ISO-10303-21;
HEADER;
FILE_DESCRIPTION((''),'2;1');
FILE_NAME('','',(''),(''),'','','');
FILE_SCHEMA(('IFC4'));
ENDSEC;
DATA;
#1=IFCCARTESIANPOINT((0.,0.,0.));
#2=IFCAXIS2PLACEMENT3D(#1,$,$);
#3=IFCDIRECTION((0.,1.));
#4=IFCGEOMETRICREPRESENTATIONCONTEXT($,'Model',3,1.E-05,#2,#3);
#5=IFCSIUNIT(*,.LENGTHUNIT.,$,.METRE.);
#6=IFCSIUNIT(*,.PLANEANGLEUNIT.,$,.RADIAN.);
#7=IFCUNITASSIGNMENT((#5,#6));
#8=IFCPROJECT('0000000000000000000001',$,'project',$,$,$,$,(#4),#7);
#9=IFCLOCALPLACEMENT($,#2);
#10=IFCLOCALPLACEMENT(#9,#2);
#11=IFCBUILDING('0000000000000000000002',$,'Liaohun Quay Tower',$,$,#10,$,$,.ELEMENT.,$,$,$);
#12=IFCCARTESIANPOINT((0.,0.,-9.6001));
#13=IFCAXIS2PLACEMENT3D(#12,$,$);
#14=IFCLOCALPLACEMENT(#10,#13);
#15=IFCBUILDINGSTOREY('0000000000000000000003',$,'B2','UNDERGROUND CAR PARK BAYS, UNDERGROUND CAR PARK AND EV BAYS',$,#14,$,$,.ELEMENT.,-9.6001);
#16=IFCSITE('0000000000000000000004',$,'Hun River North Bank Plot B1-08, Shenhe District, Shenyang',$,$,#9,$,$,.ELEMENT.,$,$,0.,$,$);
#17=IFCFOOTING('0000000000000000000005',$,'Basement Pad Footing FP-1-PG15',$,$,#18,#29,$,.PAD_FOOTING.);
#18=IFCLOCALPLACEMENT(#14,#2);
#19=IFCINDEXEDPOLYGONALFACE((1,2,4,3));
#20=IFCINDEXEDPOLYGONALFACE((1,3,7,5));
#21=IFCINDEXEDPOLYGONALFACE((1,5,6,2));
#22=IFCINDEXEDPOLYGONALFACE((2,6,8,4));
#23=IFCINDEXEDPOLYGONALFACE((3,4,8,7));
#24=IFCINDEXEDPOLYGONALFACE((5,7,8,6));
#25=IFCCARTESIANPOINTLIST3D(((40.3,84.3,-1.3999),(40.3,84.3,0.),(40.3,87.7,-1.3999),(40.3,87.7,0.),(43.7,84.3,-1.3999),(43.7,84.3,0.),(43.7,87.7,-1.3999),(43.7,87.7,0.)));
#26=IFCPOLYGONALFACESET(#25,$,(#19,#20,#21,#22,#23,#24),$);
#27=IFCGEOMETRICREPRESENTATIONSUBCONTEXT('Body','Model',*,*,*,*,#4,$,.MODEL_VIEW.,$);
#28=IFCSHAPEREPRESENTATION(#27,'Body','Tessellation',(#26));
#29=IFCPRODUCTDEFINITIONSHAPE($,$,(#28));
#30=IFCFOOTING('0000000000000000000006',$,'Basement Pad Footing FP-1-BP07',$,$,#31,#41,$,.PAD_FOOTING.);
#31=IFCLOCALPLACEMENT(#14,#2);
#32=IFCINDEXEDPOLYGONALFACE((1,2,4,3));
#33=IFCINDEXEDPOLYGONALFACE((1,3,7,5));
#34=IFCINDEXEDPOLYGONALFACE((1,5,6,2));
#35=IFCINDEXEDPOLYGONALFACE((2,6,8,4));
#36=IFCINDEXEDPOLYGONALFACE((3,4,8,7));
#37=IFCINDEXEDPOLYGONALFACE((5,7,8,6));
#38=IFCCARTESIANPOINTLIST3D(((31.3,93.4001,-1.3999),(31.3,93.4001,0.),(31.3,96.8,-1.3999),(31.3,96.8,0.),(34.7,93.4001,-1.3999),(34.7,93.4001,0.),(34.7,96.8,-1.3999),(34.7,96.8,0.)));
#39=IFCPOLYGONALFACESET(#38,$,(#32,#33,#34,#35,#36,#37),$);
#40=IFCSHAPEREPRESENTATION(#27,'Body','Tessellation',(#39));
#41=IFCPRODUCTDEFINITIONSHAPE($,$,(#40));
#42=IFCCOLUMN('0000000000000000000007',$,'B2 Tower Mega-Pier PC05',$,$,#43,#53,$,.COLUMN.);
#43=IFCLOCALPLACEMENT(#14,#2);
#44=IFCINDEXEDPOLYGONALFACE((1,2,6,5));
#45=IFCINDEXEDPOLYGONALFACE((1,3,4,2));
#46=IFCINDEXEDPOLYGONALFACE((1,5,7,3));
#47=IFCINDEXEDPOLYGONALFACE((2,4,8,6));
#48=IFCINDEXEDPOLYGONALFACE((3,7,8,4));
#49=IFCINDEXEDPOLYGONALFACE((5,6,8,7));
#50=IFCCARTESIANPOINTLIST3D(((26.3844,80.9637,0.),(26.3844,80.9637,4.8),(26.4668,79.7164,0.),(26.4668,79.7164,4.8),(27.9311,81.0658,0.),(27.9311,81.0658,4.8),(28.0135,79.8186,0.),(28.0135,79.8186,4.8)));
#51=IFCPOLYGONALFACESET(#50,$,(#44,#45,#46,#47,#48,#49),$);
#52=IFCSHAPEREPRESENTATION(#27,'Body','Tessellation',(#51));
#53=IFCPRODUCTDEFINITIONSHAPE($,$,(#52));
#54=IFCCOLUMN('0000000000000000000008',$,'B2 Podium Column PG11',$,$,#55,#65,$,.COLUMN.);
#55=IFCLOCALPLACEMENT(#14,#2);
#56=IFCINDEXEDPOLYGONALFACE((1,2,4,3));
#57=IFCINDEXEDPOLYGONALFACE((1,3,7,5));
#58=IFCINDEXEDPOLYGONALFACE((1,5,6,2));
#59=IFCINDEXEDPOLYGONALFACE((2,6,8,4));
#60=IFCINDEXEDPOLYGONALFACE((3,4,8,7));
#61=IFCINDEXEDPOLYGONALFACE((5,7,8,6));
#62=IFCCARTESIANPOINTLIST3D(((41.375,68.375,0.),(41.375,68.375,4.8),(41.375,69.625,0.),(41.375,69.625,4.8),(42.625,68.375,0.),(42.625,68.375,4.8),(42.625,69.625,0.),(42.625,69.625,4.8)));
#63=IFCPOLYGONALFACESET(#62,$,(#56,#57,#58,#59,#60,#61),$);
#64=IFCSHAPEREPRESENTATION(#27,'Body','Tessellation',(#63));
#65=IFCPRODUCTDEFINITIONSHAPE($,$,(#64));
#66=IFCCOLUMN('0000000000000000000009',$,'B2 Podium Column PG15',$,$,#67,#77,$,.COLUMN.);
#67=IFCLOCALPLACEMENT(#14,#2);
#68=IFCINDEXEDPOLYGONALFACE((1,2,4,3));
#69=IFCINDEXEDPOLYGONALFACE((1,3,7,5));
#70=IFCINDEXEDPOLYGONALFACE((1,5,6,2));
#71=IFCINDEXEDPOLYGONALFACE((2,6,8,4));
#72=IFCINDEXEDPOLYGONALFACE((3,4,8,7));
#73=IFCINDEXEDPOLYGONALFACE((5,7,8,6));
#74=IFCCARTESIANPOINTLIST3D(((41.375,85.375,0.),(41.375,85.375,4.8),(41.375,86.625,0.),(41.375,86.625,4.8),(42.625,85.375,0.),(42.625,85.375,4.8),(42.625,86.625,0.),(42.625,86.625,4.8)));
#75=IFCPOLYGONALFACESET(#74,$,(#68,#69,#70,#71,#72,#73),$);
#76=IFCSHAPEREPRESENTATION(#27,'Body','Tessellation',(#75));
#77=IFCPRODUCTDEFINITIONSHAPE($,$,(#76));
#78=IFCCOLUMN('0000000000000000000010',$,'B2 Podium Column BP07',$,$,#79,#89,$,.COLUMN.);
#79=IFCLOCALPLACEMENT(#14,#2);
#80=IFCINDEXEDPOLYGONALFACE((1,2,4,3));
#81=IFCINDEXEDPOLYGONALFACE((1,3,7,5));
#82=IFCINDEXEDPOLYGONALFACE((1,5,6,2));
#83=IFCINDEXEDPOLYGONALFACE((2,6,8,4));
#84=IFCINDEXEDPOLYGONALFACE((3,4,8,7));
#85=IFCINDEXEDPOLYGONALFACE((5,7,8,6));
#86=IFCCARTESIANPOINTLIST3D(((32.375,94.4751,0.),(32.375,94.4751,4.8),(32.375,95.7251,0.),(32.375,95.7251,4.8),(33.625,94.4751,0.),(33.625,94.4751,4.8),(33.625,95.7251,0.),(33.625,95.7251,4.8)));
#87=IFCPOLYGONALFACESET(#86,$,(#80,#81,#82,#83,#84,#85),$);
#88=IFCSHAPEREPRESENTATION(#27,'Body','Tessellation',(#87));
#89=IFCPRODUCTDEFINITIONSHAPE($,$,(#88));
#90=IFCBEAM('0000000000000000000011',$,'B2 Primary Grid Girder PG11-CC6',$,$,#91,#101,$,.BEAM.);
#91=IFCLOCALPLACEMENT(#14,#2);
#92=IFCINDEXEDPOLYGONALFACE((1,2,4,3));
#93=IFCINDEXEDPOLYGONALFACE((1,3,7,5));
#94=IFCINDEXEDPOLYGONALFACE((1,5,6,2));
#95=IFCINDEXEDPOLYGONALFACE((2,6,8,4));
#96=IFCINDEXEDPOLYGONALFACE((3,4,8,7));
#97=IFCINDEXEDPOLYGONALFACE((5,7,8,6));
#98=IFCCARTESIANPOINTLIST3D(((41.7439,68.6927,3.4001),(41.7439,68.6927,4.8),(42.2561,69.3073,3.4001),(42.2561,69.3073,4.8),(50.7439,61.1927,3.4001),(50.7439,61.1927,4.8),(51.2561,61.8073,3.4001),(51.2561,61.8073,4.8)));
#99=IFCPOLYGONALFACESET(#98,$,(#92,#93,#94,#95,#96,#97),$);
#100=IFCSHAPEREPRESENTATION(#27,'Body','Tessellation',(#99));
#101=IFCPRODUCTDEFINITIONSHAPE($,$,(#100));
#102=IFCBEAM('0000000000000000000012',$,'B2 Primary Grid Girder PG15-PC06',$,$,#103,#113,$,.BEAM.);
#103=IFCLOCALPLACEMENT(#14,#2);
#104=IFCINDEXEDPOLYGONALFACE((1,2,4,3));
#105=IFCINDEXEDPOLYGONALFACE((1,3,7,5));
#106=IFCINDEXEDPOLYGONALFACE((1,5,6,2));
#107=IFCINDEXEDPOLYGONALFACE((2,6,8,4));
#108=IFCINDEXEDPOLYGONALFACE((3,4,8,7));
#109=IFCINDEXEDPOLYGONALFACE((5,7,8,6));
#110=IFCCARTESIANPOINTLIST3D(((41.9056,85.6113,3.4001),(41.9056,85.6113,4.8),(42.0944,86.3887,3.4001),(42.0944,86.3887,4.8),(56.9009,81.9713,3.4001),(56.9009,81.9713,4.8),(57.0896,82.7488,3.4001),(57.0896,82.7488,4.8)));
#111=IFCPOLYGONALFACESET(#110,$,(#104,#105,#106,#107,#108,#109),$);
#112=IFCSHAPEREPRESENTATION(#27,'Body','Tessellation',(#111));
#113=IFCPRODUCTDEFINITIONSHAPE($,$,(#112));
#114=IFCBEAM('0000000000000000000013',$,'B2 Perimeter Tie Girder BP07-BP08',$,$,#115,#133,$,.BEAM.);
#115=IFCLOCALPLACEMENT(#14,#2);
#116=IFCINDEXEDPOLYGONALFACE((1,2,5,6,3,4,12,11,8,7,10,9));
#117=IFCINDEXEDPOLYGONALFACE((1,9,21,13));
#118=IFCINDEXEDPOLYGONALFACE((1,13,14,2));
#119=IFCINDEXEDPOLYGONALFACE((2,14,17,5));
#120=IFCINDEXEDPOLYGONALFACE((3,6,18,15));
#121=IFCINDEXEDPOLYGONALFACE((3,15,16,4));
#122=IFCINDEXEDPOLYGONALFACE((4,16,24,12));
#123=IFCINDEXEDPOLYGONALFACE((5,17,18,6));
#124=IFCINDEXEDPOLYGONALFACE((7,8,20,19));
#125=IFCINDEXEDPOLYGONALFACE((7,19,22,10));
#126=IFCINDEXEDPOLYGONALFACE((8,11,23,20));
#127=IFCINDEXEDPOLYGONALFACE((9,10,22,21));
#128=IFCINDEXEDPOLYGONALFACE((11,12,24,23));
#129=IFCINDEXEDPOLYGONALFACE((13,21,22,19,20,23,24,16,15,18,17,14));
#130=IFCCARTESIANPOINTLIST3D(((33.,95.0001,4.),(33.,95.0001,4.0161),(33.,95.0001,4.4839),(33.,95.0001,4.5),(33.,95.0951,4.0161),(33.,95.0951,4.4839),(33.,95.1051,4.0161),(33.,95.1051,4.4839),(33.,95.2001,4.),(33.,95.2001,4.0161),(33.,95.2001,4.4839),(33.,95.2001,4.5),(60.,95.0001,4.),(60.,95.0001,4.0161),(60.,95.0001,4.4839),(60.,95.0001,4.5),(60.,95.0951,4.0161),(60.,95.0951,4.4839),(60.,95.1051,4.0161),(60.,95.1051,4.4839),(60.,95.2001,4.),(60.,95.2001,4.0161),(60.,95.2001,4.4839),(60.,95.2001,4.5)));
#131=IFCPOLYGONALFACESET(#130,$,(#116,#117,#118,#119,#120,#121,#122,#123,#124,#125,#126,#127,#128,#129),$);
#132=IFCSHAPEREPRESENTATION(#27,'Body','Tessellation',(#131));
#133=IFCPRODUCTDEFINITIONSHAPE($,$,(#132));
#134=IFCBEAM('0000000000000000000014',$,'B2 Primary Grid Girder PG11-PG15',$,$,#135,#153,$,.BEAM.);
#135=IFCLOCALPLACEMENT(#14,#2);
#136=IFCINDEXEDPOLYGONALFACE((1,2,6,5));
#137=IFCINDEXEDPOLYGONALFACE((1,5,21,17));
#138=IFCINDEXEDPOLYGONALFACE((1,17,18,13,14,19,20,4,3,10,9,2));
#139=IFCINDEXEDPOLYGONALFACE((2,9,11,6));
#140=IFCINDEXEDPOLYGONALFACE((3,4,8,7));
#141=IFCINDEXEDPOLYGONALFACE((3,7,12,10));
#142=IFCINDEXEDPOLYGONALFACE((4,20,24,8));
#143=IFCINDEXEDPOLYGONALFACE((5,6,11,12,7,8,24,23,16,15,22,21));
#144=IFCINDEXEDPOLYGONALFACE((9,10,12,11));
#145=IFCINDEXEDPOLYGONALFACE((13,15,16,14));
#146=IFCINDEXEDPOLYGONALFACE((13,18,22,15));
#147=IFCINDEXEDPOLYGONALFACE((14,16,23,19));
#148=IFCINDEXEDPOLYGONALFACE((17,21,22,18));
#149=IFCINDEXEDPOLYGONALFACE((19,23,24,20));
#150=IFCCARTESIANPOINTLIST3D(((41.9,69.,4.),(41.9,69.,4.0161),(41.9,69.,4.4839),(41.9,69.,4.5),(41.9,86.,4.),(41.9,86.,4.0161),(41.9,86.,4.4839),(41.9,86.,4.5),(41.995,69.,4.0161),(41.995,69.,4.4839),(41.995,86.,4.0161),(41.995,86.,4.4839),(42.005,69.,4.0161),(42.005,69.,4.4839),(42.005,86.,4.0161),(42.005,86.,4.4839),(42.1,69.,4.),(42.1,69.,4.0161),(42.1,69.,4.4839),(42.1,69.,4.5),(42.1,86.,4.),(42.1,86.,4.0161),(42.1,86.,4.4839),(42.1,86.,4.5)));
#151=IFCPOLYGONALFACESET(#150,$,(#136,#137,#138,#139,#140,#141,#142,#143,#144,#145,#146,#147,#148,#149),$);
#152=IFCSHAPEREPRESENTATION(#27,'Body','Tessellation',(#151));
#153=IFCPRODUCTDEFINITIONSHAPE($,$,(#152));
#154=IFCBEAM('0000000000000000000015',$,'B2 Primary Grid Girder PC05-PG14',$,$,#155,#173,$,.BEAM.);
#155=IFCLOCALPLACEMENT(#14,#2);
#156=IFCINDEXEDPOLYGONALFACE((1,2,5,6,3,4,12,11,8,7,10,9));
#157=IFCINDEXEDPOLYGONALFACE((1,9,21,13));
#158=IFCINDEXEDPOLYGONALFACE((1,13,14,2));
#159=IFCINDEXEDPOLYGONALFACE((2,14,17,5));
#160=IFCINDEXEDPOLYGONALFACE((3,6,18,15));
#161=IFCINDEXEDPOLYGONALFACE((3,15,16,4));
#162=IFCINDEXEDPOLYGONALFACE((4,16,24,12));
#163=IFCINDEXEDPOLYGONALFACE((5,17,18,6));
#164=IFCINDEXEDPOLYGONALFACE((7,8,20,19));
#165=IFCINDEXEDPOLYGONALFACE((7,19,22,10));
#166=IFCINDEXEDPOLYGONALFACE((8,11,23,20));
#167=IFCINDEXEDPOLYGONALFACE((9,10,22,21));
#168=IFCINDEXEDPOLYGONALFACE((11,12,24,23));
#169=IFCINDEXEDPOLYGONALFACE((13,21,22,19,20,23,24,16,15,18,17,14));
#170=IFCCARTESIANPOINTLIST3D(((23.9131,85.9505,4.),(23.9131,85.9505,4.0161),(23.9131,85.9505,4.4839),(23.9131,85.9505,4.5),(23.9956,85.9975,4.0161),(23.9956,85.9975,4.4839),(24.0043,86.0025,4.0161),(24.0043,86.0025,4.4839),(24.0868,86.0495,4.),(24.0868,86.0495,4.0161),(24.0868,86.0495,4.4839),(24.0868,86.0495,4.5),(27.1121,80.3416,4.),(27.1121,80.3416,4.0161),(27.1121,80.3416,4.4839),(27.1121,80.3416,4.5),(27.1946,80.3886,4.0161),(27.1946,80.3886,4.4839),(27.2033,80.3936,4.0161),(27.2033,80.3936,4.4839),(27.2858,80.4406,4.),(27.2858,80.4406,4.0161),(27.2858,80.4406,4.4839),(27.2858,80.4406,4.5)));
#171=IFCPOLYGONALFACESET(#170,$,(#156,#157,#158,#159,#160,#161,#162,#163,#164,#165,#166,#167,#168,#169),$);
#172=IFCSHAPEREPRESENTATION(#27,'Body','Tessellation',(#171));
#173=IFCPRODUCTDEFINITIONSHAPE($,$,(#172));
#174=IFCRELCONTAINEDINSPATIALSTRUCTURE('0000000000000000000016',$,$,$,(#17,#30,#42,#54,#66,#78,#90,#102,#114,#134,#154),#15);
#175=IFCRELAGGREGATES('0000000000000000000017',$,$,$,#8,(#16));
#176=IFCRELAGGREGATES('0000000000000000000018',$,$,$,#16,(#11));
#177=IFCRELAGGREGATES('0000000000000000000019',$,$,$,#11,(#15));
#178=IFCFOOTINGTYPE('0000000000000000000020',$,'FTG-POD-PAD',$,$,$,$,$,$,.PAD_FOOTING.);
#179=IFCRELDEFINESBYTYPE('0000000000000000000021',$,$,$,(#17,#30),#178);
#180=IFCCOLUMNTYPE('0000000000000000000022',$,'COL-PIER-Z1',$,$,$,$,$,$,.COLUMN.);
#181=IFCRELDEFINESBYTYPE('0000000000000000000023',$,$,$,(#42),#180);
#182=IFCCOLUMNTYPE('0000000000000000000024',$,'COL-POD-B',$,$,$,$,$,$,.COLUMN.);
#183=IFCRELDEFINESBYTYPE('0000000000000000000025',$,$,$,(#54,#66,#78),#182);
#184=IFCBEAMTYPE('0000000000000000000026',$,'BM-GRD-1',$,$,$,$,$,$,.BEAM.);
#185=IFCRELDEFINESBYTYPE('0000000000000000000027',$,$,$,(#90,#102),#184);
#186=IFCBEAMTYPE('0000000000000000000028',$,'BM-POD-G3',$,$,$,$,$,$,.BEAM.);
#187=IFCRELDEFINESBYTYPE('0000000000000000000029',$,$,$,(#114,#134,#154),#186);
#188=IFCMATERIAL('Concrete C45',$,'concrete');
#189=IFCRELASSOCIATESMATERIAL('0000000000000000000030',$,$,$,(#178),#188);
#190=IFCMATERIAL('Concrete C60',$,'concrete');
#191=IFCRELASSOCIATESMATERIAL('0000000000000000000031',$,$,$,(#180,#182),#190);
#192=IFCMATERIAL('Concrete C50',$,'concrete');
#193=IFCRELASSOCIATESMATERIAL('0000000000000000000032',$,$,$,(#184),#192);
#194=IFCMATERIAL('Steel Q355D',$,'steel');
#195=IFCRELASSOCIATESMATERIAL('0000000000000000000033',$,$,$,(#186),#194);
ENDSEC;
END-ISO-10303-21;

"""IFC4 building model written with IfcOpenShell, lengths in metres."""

from ifc_helpers import new_model, si_unit, direction, frame, origin, origin_2d, place, context, subcontext, project, spatial, rectangle, i_section, extrude, source, transform, mapped, material, material_profile, profile_set, type_object, element, save


model = new_model("IFC4")

# Units and contexts
model_context = context("Model", 3, precision=1e-05, world=origin(), true_north=direction((0.0, 1.0)))
body_context = subcontext(model_context, "Body", "Model", "MODEL_VIEW")
ifc_project = project(units=[si_unit("LENGTHUNIT", "METRE"), si_unit("PLANEANGLEUNIT", "RADIAN")], contexts=[model_context])

# Site, building, storey
site_placement = place(None, origin())
site = spatial("IfcSite", under=ifc_project, at=site_placement, Name="Hun River North Bank Plot B1-08, Shenhe District, Shenyang", CompositionType="ELEMENT", RefElevation=0.0)
building_placement = place(site_placement, origin())
building = spatial("IfcBuilding", under=site, at=building_placement, Name="Liaohun Quay Tower", CompositionType="ELEMENT")
storey_placement = place(building_placement, frame((0.0, 0.0, -9.6001)))
storey = spatial("IfcBuildingStorey", under=building, at=storey_placement, Name="B2", Description="UNDERGROUND CAR PARK BAYS, UNDERGROUND CAR PARK AND EV BAYS", CompositionType="ELEMENT", Elevation=-9.6001)

# Shared definitions
ifc_material_1 = material(Name="Concrete C50", Category="concrete")

# Shared definitions
ifc_material_2 = material(Name="Concrete C45", Category="concrete")

# Footings
footing_type_1 = type_object("IfcFootingType", Name="FTG-POD-PAD", PredefinedType="PAD_FOOTING", material=ifc_material_2)
shared_shape_1 = source(origin(), body_context, "Body", "SweptSolid", [
    extrude(rectangle(XDim=3.3999, YDim=3.3999, at=origin_2d()), origin(), (0.0, 0.0, 1.0), 1.3999),
])
for number, where, z_axis, x_axis, name in (
    (1, (42.0, 86.0, -1.3999), (0.0, 0.0, 1.0), (1.0, 0.0, 0.0), "Basement Pad Footing FP-1-PG15"),
    (2, (33.0, 95.1001, -1.3999), (0.0, 0.0, 1.0), (1.0, 0.0, 0.0), "Basement Pad Footing FP-1-BP07"),
):
    element("IfcFooting", number, at=place(storey_placement, frame(where, z_axis=z_axis, x_axis=x_axis)), inside=storey, type_object=footing_type_1, Name=name, PredefinedType="PAD_FOOTING", context=body_context, shape_type="MappedRepresentation", body=[
        mapped(shared_shape_1, transform((0.0, 0.0, 0.0), x_axis=(1.0, 0.0, 0.0), y_axis=(0.0, 1.0, 0.0), z_axis=(0.0, 0.0, 1.0), scale=1.0)),
    ])

# Columns
ifc_material_3 = material(Name="Concrete C60", Category="concrete")
ifc_material_profile_1 = material_profile(ifc_material_3, rectangle(XDim=1.55, YDim=1.25, at=origin_2d()), Name="RC1550x1250")
ifc_profile_set_1 = profile_set([ifc_material_profile_1], Name="Concrete C60")
column_type_1 = type_object("IfcColumnType", Name="COL-PIER-Z1", PredefinedType="COLUMN", material=ifc_profile_set_1)
shared_shape_2 = source(origin(), body_context, "Body", "SweptSolid", [
    extrude(rectangle(XDim=1.55, YDim=1.25, at=origin_2d()), origin(), (0.0, 0.0, 1.0), 4.8),
])
column_placement = place(storey_placement, frame((27.199, 80.3911, 0.0), z_axis=(0.0, 0.0, 1.0), x_axis=(0.997825, 0.065926, 0.0)))
element("IfcColumn", 3, at=column_placement, inside=storey, type_object=column_type_1, Name="B2 Tower Mega-Pier PC05", PredefinedType="COLUMN", context=body_context, shape_type="MappedRepresentation", body=[
    mapped(shared_shape_2, transform((0.0, 0.0, 0.0), x_axis=(1.0, 0.0, 0.0), y_axis=(0.0, 1.0, 0.0), z_axis=(0.0, 0.0, 1.0), scale=1.0)),
])
ifc_material_profile_2 = material_profile(ifc_material_3, rectangle(XDim=1.25, YDim=1.25, at=origin_2d()), Name="RC1250x1250")
ifc_profile_set_2 = profile_set([ifc_material_profile_2], Name="Concrete C60")
column_type_2 = type_object("IfcColumnType", Name="COL-POD-B", PredefinedType="COLUMN", material=ifc_profile_set_2)
shared_shape_3 = source(origin(), body_context, "Body", "SweptSolid", [
    extrude(rectangle(XDim=1.25, YDim=1.25, at=origin_2d()), origin(), (0.0, 0.0, 1.0), 4.8),
])
for number, where, z_axis, x_axis, name in (
    (4, (42.0, 69.0, 0.0), (0.0, 0.0, 1.0), (1.0, 0.0, 0.0), "B2 Podium Column PG11"),
    (5, (42.0, 86.0, 0.0), (0.0, 0.0, 1.0), (1.0, 0.0, 0.0), "B2 Podium Column PG15"),
    (6, (33.0, 95.1001, 0.0), (0.0, 0.0, 1.0), (1.0, 0.0, 0.0), "B2 Podium Column BP07"),
):
    element("IfcColumn", number, at=place(storey_placement, frame(where, z_axis=z_axis, x_axis=x_axis)), inside=storey, type_object=column_type_2, Name=name, PredefinedType="COLUMN", context=body_context, shape_type="MappedRepresentation", body=[
        mapped(shared_shape_3, transform((0.0, 0.0, 0.0), x_axis=(1.0, 0.0, 0.0), y_axis=(0.0, 1.0, 0.0), z_axis=(0.0, 0.0, 1.0), scale=1.0)),
    ])

# Beams
ifc_material_profile_3 = material_profile(ifc_material_1, rectangle(XDim=0.8, YDim=1.3999, at=origin_2d()), Name="RC800x1400")
ifc_profile_set_3 = profile_set([ifc_material_profile_3], Name="Concrete C50")
beam_type_1 = type_object("IfcBeamType", Name="BM-GRD-1", PredefinedType="BEAM", material=ifc_profile_set_3)
shared_shape_4 = source(origin(), body_context, "Body", "SweptSolid", [
    extrude(rectangle(XDim=0.8, YDim=1.3999, at=origin_2d()), origin(), (0.0, 0.0, 1.0), 11.7153),
])
beam_1_placement = place(storey_placement, frame((42.0, 69.0, 4.1001), z_axis=(0.768221, -0.640184, 0.0), x_axis=(0.640184, 0.768221, 0.0)))
element("IfcBeam", 7, at=beam_1_placement, inside=storey, type_object=beam_type_1, Name="B2 Primary Grid Girder PG11-CC6", PredefinedType="BEAM", context=body_context, shape_type="MappedRepresentation", body=[
    mapped(shared_shape_4, transform((0.0, 0.0, 0.0), x_axis=(1.0, 0.0, 0.0), y_axis=(0.0, 1.0, 0.0), z_axis=(0.0, 0.0, 1.0), scale=1.0)),
])
shared_shape_5 = source(origin(), body_context, "Body", "SweptSolid", [
    extrude(rectangle(XDim=0.8, YDim=1.3999, at=origin_2d()), origin(), (0.0, 0.0, 1.0), 15.4307),
])
beam_2_placement = place(storey_placement, frame((42.0, 86.0, 4.1001), z_axis=(0.97178, -0.235888, 0.0), x_axis=(0.235888, 0.97178, 0.0)))
element("IfcBeam", 8, at=beam_2_placement, inside=storey, type_object=beam_type_1, Name="B2 Primary Grid Girder PG15-PC06", PredefinedType="BEAM", context=body_context, shape_type="MappedRepresentation", body=[
    mapped(shared_shape_5, transform((0.0, 0.0, 0.0), x_axis=(1.0, 0.0, 0.0), y_axis=(0.0, 1.0, 0.0), z_axis=(0.0, 0.0, 1.0), scale=1.0)),
])
ifc_material_4 = material(Name="Steel Q355D", Category="steel")
ifc_material_profile_4 = material_profile(ifc_material_4, i_section(OverallWidth=0.2, OverallDepth=0.5, WebThickness=0.01, FlangeThickness=0.0161, at=origin_2d()), Name="HN500x200x10x16")
ifc_profile_set_4 = profile_set([ifc_material_profile_4], Name="Steel Q355D")
beam_type_2 = type_object("IfcBeamType", Name="BM-POD-G3", PredefinedType="BEAM", material=ifc_profile_set_4)
shared_shape_6 = source(origin(), body_context, "Body", "SweptSolid", [
    extrude(i_section(OverallWidth=0.2, OverallDepth=0.5, WebThickness=0.01, FlangeThickness=0.0161, at=origin_2d()), origin(), (0.0, 0.0, 1.0), 27.0),
])
beam_3_placement = place(storey_placement, frame((33.0, 95.1001, 4.25), z_axis=(1.0, 0.0, 0.0), x_axis=(0.0, 1.0, 0.0)))
element("IfcBeam", 9, at=beam_3_placement, inside=storey, type_object=beam_type_2, Name="B2 Perimeter Tie Girder BP07-BP08", PredefinedType="BEAM", context=body_context, shape_type="MappedRepresentation", body=[
    mapped(shared_shape_6, transform((0.0, 0.0, 0.0), x_axis=(1.0, 0.0, 0.0), y_axis=(0.0, 1.0, 0.0), z_axis=(0.0, 0.0, 1.0), scale=1.0)),
])
shared_shape_7 = source(origin(), body_context, "Body", "SweptSolid", [
    extrude(i_section(OverallWidth=0.2, OverallDepth=0.5, WebThickness=0.01, FlangeThickness=0.0161, at=origin_2d()), origin(), (0.0, 0.0, 1.0), 17.0),
])
beam_4_placement = place(storey_placement, frame((42.0, 69.0, 4.25), z_axis=(0.0, 1.0, 0.0), x_axis=(-1.0, 0.0, 0.0)))
element("IfcBeam", 10, at=beam_4_placement, inside=storey, type_object=beam_type_2, Name="B2 Primary Grid Girder PG11-PG15", PredefinedType="BEAM", context=body_context, shape_type="MappedRepresentation", body=[
    mapped(shared_shape_7, transform((0.0, 0.0, 0.0), x_axis=(1.0, 0.0, 0.0), y_axis=(0.0, 1.0, 0.0), z_axis=(0.0, 0.0, 1.0), scale=1.0)),
])
shared_shape_8 = source(origin(), body_context, "Body", "SweptSolid", [
    extrude(i_section(OverallWidth=0.2, OverallDepth=0.5, WebThickness=0.01, FlangeThickness=0.0161, at=origin_2d()), origin(), (0.0, 0.0, 1.0), 6.457),
])
beam_5_placement = place(storey_placement, frame((27.199, 80.3911, 4.25), z_axis=(-0.495426, 0.86865, 0.0), x_axis=(-0.86865, -0.495426, 0.0)))
element("IfcBeam", 11, at=beam_5_placement, inside=storey, type_object=beam_type_2, Name="B2 Primary Grid Girder PC05-PG14", PredefinedType="BEAM", context=body_context, shape_type="MappedRepresentation", body=[
    mapped(shared_shape_8, transform((0.0, 0.0, 0.0), x_axis=(1.0, 0.0, 0.0), y_axis=(0.0, 1.0, 0.0), z_axis=(0.0, 0.0, 1.0), scale=1.0)),
])

save(model, "model.ifc")
